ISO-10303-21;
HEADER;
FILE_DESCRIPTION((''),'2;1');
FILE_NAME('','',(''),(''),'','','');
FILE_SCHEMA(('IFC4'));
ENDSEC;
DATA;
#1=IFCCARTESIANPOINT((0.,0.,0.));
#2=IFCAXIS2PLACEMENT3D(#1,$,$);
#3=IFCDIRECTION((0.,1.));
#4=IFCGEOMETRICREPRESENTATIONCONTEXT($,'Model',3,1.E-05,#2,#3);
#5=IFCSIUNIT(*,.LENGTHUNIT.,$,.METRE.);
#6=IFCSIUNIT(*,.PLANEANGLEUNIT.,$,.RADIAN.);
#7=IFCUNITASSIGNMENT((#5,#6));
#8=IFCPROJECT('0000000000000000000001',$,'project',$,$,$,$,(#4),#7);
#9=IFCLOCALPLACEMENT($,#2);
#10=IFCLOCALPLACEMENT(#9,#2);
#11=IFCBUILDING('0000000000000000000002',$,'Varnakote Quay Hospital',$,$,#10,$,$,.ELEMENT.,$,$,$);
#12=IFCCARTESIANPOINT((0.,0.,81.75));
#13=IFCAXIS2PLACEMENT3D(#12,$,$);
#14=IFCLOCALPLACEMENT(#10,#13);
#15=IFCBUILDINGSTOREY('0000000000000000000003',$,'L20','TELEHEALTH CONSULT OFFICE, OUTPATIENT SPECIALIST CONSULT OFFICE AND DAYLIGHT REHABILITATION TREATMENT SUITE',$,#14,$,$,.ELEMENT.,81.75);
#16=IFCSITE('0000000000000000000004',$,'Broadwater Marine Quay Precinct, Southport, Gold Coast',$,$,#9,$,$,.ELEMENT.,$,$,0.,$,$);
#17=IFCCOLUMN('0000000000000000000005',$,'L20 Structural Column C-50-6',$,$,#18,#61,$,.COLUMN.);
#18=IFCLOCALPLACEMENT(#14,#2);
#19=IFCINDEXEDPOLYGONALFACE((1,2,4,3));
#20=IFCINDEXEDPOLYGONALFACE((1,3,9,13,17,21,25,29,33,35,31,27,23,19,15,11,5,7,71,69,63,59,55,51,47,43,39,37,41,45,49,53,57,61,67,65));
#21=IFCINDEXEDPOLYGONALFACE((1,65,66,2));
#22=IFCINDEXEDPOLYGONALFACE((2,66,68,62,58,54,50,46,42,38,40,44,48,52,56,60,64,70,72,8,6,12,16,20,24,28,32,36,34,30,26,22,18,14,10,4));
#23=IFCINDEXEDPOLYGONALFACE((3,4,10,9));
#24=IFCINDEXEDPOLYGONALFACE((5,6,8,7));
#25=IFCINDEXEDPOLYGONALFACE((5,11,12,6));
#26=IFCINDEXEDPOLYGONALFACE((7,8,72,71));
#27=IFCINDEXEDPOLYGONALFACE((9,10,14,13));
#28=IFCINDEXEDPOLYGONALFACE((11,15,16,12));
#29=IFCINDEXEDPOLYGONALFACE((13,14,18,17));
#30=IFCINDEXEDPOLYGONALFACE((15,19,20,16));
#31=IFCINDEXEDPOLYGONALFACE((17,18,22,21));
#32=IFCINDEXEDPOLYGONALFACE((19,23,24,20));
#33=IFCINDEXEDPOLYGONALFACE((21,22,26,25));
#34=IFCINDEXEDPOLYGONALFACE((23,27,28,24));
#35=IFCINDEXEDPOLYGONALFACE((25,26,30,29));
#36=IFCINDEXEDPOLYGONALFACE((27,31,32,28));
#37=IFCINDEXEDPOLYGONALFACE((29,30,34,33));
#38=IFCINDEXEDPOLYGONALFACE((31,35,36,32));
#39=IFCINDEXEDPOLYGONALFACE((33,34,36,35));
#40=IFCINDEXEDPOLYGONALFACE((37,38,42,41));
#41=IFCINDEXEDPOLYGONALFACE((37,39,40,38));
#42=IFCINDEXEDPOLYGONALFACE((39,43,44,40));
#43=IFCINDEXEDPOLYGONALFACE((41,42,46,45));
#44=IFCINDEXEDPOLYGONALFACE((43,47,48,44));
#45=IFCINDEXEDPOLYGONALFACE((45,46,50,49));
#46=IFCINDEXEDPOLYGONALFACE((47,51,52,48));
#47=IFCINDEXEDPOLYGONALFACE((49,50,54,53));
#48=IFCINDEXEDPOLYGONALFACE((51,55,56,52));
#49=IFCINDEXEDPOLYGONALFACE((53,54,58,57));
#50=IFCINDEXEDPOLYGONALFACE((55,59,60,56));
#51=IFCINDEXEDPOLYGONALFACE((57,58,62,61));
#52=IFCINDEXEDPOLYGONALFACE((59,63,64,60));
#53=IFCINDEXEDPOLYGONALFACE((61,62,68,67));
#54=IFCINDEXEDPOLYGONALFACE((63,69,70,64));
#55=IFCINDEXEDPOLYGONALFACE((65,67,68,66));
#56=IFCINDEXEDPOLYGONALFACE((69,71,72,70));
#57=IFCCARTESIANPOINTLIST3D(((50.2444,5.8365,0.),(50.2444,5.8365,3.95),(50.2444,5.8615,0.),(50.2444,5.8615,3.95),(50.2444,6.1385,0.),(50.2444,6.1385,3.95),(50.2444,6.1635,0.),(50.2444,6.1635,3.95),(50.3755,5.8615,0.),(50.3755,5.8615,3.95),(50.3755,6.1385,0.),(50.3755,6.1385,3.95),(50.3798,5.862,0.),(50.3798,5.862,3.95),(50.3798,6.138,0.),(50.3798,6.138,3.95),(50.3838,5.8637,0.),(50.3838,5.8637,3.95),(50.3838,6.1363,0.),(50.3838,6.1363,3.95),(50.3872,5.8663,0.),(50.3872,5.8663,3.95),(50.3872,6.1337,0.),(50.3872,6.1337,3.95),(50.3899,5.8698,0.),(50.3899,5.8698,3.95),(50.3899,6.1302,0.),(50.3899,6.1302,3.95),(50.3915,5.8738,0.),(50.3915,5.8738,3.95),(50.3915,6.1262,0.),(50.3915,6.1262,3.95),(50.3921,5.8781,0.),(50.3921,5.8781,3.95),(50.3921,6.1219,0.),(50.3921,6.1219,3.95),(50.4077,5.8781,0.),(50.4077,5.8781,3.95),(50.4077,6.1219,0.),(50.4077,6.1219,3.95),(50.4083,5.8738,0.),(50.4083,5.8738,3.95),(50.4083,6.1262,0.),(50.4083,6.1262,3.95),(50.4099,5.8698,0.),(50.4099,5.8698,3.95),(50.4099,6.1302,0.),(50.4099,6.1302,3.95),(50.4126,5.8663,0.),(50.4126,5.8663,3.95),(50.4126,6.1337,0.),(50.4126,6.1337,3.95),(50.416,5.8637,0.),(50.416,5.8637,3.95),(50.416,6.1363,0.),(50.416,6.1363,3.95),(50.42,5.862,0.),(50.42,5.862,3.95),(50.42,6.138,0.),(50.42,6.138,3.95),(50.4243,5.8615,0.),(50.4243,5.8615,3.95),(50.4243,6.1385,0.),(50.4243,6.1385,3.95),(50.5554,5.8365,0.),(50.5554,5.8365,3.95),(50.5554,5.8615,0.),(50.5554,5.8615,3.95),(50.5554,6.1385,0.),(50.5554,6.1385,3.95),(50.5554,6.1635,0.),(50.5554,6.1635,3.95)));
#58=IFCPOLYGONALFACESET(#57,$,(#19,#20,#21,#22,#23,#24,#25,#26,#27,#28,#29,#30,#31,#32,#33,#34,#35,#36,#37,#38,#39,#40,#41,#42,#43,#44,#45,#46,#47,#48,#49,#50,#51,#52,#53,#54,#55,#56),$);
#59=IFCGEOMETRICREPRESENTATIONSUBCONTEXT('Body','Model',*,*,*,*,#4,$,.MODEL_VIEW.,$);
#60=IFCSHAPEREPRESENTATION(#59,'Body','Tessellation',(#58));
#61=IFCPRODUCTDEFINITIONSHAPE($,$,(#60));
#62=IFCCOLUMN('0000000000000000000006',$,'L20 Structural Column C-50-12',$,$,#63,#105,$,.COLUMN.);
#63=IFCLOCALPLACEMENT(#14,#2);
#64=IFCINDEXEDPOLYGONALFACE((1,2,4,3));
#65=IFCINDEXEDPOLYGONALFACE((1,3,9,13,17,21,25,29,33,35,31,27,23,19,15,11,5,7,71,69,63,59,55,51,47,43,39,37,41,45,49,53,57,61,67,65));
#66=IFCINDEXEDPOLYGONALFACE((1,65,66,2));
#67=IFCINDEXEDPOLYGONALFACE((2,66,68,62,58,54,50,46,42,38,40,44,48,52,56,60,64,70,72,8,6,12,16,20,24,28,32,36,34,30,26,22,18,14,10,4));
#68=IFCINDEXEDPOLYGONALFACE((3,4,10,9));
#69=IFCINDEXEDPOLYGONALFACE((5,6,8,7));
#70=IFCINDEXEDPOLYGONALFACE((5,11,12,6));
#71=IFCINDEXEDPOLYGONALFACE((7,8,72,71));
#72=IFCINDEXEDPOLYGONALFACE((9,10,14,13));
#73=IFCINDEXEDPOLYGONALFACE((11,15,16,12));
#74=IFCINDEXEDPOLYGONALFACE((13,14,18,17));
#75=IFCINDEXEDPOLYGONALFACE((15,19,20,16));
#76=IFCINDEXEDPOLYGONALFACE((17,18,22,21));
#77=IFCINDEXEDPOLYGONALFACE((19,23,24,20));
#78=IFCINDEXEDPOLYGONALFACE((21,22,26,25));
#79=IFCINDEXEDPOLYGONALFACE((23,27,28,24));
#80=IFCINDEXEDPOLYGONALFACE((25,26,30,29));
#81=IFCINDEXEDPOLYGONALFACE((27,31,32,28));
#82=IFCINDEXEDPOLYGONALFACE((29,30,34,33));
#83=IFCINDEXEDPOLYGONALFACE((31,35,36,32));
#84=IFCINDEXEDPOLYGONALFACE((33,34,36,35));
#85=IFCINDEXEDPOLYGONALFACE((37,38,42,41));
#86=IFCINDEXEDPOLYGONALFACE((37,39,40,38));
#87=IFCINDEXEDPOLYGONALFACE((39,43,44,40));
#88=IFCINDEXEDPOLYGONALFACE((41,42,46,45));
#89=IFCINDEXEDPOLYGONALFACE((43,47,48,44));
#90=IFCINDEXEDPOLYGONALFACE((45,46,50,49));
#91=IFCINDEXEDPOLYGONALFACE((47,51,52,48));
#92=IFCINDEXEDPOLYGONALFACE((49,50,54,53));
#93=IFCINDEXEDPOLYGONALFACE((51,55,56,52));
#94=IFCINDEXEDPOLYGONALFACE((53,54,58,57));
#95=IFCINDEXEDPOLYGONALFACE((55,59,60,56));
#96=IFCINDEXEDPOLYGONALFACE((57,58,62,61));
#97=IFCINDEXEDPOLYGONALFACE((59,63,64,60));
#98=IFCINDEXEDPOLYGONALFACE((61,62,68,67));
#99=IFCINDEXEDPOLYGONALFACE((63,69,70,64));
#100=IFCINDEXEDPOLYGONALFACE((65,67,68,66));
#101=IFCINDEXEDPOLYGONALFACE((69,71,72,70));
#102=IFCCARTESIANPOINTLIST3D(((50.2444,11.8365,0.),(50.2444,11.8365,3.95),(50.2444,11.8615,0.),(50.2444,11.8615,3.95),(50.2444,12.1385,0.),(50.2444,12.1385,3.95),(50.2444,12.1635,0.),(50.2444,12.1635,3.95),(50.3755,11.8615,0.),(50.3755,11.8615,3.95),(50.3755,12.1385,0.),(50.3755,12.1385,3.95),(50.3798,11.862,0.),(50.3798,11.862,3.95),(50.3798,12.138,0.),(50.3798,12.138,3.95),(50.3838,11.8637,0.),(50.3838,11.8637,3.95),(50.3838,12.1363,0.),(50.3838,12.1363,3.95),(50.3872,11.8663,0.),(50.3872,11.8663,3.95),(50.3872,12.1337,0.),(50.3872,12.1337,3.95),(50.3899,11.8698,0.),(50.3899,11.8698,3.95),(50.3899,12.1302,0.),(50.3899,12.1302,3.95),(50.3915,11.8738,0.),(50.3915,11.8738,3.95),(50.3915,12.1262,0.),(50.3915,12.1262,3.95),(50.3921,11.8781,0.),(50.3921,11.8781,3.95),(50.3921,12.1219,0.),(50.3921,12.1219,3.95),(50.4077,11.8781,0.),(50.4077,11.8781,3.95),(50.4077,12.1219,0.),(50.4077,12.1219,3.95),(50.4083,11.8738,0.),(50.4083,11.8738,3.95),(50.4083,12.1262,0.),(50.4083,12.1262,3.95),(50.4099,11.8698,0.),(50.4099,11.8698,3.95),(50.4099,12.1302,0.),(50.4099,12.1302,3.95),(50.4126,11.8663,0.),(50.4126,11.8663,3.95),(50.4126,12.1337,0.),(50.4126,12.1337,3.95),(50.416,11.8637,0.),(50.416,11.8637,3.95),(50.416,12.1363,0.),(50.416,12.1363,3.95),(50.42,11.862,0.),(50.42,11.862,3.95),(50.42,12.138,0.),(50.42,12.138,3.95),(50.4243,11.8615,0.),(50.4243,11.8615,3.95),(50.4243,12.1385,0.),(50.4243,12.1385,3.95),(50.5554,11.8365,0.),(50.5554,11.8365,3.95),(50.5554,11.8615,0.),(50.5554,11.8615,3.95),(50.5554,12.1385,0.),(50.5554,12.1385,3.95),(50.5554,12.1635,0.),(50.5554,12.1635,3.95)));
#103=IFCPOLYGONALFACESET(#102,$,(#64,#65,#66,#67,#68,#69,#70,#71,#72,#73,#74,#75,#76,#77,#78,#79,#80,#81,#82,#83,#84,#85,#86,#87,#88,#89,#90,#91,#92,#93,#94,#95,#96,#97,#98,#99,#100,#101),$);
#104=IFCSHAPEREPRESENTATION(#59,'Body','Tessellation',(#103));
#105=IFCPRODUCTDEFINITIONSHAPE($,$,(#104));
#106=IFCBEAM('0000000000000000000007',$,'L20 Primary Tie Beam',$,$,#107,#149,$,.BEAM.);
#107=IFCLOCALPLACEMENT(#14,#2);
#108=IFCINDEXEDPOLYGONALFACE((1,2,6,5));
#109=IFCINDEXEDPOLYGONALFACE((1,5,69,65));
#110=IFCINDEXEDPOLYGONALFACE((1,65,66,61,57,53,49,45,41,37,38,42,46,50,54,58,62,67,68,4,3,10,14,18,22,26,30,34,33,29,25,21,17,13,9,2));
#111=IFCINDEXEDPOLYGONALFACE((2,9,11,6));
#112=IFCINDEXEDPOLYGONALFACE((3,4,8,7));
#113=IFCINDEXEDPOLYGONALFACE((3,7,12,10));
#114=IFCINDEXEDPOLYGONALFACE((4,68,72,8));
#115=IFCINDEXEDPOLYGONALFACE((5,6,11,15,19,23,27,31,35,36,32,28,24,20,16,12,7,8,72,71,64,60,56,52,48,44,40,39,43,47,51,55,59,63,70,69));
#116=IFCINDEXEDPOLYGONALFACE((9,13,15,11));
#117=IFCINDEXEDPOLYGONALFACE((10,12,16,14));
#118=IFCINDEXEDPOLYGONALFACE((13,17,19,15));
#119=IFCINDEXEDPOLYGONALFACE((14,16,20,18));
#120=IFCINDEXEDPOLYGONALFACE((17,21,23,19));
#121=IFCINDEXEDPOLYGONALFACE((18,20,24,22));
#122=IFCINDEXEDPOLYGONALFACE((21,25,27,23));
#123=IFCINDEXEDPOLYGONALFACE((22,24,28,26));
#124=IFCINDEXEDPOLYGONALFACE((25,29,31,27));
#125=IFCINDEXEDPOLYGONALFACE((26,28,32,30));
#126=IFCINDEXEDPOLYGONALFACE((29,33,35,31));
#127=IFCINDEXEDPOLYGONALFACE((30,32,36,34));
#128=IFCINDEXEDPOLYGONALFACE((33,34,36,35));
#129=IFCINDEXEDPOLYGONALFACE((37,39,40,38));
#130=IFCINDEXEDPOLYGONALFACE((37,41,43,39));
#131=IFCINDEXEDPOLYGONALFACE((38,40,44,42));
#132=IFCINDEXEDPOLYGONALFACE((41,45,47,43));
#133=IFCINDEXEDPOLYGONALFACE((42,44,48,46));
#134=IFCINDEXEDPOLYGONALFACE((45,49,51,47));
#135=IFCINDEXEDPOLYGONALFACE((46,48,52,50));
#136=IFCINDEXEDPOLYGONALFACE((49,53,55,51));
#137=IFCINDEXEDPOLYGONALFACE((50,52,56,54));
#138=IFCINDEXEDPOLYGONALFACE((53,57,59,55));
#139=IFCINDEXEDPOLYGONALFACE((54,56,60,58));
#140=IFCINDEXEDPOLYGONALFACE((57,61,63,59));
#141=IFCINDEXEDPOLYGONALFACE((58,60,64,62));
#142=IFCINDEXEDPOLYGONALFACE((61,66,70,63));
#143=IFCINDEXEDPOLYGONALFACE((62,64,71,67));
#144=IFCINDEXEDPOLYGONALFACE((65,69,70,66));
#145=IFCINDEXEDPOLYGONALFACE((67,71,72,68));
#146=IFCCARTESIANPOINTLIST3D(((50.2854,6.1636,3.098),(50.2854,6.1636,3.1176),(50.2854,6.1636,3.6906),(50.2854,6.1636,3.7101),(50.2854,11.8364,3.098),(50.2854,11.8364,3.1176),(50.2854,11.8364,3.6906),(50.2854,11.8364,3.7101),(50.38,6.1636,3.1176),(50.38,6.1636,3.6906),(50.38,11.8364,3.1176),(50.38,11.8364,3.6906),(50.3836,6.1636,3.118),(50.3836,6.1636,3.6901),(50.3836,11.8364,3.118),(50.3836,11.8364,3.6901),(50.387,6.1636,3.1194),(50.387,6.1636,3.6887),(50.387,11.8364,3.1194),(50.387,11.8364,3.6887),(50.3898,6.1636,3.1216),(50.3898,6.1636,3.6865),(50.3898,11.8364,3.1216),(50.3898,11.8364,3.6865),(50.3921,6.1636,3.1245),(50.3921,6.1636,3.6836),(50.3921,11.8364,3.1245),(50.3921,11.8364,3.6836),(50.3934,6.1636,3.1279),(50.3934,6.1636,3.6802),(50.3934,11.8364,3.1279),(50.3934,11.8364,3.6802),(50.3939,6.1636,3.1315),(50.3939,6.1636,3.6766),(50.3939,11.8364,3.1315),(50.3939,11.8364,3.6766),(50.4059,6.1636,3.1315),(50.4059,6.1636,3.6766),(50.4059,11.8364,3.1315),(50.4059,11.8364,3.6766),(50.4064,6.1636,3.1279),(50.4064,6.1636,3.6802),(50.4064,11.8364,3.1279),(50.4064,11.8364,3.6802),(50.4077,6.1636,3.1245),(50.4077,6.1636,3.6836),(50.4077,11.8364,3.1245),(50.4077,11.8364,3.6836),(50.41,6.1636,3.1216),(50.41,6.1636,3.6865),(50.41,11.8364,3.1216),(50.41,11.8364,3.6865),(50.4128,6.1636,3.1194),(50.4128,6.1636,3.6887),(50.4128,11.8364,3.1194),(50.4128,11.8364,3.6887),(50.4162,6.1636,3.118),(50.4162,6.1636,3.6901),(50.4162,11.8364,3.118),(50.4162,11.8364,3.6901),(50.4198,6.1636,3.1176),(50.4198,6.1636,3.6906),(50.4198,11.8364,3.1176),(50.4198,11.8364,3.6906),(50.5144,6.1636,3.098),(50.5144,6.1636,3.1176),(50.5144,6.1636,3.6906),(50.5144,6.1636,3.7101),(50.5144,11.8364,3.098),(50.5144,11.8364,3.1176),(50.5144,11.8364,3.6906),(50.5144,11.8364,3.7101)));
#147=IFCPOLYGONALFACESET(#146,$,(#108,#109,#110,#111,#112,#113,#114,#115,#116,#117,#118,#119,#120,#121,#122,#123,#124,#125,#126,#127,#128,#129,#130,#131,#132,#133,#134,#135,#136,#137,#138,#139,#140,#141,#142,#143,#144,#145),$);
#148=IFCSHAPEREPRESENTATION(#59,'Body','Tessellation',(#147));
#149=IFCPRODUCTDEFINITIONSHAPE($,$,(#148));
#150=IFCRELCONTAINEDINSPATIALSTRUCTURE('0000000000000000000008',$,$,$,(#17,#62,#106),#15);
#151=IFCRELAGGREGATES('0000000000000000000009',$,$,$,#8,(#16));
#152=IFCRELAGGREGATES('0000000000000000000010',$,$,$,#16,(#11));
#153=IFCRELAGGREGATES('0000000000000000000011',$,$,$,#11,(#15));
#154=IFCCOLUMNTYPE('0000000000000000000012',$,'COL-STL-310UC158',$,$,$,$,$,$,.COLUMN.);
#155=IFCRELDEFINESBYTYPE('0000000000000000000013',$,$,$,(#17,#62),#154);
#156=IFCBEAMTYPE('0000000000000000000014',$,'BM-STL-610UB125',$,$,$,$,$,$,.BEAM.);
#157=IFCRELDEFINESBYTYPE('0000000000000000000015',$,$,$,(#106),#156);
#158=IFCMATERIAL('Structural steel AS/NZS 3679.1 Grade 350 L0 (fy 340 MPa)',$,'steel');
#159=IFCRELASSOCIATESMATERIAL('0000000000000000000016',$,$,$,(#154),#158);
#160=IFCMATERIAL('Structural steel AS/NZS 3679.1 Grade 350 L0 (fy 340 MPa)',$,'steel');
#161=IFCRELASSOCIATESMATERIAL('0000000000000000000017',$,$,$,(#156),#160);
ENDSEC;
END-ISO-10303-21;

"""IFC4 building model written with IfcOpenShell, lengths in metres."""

from ifc_helpers import new_model, si_unit, direction, frame, origin, origin_2d, place, context, subcontext, project, spatial, i_section, extrude, material, material_profile, profile_set, type_object, element, save


model = new_model("IFC4")

# Units and contexts
model_context = context("Model", 3, precision=1e-05, world=origin(), true_north=direction((0.0, 1.0)))
body_context = subcontext(model_context, "Body", "Model", "MODEL_VIEW")
ifc_project = project(units=[si_unit("LENGTHUNIT", "METRE"), si_unit("PLANEANGLEUNIT", "RADIAN")], contexts=[model_context])

# Site, building, storey
site_placement = place(None, origin())
site = spatial("IfcSite", under=ifc_project, at=site_placement, Name="Broadwater Marine Quay Precinct, Southport, Gold Coast", CompositionType="ELEMENT", RefElevation=0.0)
building_placement = place(site_placement, origin())
building = spatial("IfcBuilding", under=site, at=building_placement, Name="Varnakote Quay Hospital", CompositionType="ELEMENT")
storey_placement = place(building_placement, frame((0.0, 0.0, 81.75)))
storey = spatial("IfcBuildingStorey", under=building, at=storey_placement, Name="L20", Description="TELEHEALTH CONSULT OFFICE, OUTPATIENT SPECIALIST CONSULT OFFICE AND DAYLIGHT REHABILITATION TREATMENT SUITE", CompositionType="ELEMENT", Elevation=81.75)

# Columns
ifc_material_1 = material(Name="Structural steel AS/NZS 3679.1 Grade 350 L0 (fy 340 MPa)", Category="steel")
ifc_material_profile_1 = material_profile(ifc_material_1, i_section(OverallWidth=0.311, OverallDepth=0.3269, WebThickness=0.0156, FlangeThickness=0.0249, FilletRadius=0.0166, at=origin_2d()), Name="310UC158")
ifc_profile_set_1 = profile_set([ifc_material_profile_1], Name="Structural steel AS/NZS 3679.1 Grade 350 L0 (fy 340 MPa)")
column_type = type_object("IfcColumnType", Name="COL-STL-310UC158", PredefinedType="COLUMN", material=ifc_profile_set_1)
for number, where, z_axis, x_axis, name in (
    (1, (50.3999, 6.0, 0.0), (0.0, 0.0, 1.0), (1.0, 0.0, 0.0), "L20 Structural Column C-50-6"),
    (2, (50.3999, 12.0, 0.0), (0.0, 0.0, 1.0), (1.0, 0.0, 0.0), "L20 Structural Column C-50-12"),
):
    element("IfcColumn", number, at=place(storey_placement, frame(where, z_axis=z_axis, x_axis=x_axis)), inside=storey, type_object=column_type, Name=name, PredefinedType="COLUMN", context=body_context, shape_type="SweptSolid", body=[
        extrude(i_section(OverallWidth=0.311, OverallDepth=0.3269, WebThickness=0.0156, FlangeThickness=0.0249, FilletRadius=0.0166, at=origin_2d()), origin(), (0.0, 0.0, 1.0), 3.95),
    ])

# Beam
ifc_material_2 = material(Name="Structural steel AS/NZS 3679.1 Grade 350 L0 (fy 340 MPa)", Category="steel")
ifc_material_profile_2 = material_profile(ifc_material_2, i_section(OverallWidth=0.229, OverallDepth=0.6121, WebThickness=0.012, FlangeThickness=0.0195, FilletRadius=0.0139, at=origin_2d()), Name="610UB125")
ifc_profile_set_2 = profile_set([ifc_material_profile_2], Name="Structural steel AS/NZS 3679.1 Grade 350 L0 (fy 340 MPa)")
beam_type = type_object("IfcBeamType", Name="BM-STL-610UB125", PredefinedType="BEAM", material=ifc_profile_set_2)
beam_placement = place(storey_placement, frame((50.3999, 6.1636, 3.4041), z_axis=(0.0, 1.0, 0.0), x_axis=(-1.0, 0.0, 0.0)))
element("IfcBeam", 3, at=beam_placement, inside=storey, type_object=beam_type, Name="L20 Primary Tie Beam", PredefinedType="BEAM", context=body_context, shape_type="SweptSolid", body=[
    extrude(i_section(OverallWidth=0.229, OverallDepth=0.6121, WebThickness=0.012, FlangeThickness=0.0195, FilletRadius=0.0139, at=origin_2d()), origin(), (0.0, 0.0, 1.0), 5.6729),
])

save(model, "model.ifc")
